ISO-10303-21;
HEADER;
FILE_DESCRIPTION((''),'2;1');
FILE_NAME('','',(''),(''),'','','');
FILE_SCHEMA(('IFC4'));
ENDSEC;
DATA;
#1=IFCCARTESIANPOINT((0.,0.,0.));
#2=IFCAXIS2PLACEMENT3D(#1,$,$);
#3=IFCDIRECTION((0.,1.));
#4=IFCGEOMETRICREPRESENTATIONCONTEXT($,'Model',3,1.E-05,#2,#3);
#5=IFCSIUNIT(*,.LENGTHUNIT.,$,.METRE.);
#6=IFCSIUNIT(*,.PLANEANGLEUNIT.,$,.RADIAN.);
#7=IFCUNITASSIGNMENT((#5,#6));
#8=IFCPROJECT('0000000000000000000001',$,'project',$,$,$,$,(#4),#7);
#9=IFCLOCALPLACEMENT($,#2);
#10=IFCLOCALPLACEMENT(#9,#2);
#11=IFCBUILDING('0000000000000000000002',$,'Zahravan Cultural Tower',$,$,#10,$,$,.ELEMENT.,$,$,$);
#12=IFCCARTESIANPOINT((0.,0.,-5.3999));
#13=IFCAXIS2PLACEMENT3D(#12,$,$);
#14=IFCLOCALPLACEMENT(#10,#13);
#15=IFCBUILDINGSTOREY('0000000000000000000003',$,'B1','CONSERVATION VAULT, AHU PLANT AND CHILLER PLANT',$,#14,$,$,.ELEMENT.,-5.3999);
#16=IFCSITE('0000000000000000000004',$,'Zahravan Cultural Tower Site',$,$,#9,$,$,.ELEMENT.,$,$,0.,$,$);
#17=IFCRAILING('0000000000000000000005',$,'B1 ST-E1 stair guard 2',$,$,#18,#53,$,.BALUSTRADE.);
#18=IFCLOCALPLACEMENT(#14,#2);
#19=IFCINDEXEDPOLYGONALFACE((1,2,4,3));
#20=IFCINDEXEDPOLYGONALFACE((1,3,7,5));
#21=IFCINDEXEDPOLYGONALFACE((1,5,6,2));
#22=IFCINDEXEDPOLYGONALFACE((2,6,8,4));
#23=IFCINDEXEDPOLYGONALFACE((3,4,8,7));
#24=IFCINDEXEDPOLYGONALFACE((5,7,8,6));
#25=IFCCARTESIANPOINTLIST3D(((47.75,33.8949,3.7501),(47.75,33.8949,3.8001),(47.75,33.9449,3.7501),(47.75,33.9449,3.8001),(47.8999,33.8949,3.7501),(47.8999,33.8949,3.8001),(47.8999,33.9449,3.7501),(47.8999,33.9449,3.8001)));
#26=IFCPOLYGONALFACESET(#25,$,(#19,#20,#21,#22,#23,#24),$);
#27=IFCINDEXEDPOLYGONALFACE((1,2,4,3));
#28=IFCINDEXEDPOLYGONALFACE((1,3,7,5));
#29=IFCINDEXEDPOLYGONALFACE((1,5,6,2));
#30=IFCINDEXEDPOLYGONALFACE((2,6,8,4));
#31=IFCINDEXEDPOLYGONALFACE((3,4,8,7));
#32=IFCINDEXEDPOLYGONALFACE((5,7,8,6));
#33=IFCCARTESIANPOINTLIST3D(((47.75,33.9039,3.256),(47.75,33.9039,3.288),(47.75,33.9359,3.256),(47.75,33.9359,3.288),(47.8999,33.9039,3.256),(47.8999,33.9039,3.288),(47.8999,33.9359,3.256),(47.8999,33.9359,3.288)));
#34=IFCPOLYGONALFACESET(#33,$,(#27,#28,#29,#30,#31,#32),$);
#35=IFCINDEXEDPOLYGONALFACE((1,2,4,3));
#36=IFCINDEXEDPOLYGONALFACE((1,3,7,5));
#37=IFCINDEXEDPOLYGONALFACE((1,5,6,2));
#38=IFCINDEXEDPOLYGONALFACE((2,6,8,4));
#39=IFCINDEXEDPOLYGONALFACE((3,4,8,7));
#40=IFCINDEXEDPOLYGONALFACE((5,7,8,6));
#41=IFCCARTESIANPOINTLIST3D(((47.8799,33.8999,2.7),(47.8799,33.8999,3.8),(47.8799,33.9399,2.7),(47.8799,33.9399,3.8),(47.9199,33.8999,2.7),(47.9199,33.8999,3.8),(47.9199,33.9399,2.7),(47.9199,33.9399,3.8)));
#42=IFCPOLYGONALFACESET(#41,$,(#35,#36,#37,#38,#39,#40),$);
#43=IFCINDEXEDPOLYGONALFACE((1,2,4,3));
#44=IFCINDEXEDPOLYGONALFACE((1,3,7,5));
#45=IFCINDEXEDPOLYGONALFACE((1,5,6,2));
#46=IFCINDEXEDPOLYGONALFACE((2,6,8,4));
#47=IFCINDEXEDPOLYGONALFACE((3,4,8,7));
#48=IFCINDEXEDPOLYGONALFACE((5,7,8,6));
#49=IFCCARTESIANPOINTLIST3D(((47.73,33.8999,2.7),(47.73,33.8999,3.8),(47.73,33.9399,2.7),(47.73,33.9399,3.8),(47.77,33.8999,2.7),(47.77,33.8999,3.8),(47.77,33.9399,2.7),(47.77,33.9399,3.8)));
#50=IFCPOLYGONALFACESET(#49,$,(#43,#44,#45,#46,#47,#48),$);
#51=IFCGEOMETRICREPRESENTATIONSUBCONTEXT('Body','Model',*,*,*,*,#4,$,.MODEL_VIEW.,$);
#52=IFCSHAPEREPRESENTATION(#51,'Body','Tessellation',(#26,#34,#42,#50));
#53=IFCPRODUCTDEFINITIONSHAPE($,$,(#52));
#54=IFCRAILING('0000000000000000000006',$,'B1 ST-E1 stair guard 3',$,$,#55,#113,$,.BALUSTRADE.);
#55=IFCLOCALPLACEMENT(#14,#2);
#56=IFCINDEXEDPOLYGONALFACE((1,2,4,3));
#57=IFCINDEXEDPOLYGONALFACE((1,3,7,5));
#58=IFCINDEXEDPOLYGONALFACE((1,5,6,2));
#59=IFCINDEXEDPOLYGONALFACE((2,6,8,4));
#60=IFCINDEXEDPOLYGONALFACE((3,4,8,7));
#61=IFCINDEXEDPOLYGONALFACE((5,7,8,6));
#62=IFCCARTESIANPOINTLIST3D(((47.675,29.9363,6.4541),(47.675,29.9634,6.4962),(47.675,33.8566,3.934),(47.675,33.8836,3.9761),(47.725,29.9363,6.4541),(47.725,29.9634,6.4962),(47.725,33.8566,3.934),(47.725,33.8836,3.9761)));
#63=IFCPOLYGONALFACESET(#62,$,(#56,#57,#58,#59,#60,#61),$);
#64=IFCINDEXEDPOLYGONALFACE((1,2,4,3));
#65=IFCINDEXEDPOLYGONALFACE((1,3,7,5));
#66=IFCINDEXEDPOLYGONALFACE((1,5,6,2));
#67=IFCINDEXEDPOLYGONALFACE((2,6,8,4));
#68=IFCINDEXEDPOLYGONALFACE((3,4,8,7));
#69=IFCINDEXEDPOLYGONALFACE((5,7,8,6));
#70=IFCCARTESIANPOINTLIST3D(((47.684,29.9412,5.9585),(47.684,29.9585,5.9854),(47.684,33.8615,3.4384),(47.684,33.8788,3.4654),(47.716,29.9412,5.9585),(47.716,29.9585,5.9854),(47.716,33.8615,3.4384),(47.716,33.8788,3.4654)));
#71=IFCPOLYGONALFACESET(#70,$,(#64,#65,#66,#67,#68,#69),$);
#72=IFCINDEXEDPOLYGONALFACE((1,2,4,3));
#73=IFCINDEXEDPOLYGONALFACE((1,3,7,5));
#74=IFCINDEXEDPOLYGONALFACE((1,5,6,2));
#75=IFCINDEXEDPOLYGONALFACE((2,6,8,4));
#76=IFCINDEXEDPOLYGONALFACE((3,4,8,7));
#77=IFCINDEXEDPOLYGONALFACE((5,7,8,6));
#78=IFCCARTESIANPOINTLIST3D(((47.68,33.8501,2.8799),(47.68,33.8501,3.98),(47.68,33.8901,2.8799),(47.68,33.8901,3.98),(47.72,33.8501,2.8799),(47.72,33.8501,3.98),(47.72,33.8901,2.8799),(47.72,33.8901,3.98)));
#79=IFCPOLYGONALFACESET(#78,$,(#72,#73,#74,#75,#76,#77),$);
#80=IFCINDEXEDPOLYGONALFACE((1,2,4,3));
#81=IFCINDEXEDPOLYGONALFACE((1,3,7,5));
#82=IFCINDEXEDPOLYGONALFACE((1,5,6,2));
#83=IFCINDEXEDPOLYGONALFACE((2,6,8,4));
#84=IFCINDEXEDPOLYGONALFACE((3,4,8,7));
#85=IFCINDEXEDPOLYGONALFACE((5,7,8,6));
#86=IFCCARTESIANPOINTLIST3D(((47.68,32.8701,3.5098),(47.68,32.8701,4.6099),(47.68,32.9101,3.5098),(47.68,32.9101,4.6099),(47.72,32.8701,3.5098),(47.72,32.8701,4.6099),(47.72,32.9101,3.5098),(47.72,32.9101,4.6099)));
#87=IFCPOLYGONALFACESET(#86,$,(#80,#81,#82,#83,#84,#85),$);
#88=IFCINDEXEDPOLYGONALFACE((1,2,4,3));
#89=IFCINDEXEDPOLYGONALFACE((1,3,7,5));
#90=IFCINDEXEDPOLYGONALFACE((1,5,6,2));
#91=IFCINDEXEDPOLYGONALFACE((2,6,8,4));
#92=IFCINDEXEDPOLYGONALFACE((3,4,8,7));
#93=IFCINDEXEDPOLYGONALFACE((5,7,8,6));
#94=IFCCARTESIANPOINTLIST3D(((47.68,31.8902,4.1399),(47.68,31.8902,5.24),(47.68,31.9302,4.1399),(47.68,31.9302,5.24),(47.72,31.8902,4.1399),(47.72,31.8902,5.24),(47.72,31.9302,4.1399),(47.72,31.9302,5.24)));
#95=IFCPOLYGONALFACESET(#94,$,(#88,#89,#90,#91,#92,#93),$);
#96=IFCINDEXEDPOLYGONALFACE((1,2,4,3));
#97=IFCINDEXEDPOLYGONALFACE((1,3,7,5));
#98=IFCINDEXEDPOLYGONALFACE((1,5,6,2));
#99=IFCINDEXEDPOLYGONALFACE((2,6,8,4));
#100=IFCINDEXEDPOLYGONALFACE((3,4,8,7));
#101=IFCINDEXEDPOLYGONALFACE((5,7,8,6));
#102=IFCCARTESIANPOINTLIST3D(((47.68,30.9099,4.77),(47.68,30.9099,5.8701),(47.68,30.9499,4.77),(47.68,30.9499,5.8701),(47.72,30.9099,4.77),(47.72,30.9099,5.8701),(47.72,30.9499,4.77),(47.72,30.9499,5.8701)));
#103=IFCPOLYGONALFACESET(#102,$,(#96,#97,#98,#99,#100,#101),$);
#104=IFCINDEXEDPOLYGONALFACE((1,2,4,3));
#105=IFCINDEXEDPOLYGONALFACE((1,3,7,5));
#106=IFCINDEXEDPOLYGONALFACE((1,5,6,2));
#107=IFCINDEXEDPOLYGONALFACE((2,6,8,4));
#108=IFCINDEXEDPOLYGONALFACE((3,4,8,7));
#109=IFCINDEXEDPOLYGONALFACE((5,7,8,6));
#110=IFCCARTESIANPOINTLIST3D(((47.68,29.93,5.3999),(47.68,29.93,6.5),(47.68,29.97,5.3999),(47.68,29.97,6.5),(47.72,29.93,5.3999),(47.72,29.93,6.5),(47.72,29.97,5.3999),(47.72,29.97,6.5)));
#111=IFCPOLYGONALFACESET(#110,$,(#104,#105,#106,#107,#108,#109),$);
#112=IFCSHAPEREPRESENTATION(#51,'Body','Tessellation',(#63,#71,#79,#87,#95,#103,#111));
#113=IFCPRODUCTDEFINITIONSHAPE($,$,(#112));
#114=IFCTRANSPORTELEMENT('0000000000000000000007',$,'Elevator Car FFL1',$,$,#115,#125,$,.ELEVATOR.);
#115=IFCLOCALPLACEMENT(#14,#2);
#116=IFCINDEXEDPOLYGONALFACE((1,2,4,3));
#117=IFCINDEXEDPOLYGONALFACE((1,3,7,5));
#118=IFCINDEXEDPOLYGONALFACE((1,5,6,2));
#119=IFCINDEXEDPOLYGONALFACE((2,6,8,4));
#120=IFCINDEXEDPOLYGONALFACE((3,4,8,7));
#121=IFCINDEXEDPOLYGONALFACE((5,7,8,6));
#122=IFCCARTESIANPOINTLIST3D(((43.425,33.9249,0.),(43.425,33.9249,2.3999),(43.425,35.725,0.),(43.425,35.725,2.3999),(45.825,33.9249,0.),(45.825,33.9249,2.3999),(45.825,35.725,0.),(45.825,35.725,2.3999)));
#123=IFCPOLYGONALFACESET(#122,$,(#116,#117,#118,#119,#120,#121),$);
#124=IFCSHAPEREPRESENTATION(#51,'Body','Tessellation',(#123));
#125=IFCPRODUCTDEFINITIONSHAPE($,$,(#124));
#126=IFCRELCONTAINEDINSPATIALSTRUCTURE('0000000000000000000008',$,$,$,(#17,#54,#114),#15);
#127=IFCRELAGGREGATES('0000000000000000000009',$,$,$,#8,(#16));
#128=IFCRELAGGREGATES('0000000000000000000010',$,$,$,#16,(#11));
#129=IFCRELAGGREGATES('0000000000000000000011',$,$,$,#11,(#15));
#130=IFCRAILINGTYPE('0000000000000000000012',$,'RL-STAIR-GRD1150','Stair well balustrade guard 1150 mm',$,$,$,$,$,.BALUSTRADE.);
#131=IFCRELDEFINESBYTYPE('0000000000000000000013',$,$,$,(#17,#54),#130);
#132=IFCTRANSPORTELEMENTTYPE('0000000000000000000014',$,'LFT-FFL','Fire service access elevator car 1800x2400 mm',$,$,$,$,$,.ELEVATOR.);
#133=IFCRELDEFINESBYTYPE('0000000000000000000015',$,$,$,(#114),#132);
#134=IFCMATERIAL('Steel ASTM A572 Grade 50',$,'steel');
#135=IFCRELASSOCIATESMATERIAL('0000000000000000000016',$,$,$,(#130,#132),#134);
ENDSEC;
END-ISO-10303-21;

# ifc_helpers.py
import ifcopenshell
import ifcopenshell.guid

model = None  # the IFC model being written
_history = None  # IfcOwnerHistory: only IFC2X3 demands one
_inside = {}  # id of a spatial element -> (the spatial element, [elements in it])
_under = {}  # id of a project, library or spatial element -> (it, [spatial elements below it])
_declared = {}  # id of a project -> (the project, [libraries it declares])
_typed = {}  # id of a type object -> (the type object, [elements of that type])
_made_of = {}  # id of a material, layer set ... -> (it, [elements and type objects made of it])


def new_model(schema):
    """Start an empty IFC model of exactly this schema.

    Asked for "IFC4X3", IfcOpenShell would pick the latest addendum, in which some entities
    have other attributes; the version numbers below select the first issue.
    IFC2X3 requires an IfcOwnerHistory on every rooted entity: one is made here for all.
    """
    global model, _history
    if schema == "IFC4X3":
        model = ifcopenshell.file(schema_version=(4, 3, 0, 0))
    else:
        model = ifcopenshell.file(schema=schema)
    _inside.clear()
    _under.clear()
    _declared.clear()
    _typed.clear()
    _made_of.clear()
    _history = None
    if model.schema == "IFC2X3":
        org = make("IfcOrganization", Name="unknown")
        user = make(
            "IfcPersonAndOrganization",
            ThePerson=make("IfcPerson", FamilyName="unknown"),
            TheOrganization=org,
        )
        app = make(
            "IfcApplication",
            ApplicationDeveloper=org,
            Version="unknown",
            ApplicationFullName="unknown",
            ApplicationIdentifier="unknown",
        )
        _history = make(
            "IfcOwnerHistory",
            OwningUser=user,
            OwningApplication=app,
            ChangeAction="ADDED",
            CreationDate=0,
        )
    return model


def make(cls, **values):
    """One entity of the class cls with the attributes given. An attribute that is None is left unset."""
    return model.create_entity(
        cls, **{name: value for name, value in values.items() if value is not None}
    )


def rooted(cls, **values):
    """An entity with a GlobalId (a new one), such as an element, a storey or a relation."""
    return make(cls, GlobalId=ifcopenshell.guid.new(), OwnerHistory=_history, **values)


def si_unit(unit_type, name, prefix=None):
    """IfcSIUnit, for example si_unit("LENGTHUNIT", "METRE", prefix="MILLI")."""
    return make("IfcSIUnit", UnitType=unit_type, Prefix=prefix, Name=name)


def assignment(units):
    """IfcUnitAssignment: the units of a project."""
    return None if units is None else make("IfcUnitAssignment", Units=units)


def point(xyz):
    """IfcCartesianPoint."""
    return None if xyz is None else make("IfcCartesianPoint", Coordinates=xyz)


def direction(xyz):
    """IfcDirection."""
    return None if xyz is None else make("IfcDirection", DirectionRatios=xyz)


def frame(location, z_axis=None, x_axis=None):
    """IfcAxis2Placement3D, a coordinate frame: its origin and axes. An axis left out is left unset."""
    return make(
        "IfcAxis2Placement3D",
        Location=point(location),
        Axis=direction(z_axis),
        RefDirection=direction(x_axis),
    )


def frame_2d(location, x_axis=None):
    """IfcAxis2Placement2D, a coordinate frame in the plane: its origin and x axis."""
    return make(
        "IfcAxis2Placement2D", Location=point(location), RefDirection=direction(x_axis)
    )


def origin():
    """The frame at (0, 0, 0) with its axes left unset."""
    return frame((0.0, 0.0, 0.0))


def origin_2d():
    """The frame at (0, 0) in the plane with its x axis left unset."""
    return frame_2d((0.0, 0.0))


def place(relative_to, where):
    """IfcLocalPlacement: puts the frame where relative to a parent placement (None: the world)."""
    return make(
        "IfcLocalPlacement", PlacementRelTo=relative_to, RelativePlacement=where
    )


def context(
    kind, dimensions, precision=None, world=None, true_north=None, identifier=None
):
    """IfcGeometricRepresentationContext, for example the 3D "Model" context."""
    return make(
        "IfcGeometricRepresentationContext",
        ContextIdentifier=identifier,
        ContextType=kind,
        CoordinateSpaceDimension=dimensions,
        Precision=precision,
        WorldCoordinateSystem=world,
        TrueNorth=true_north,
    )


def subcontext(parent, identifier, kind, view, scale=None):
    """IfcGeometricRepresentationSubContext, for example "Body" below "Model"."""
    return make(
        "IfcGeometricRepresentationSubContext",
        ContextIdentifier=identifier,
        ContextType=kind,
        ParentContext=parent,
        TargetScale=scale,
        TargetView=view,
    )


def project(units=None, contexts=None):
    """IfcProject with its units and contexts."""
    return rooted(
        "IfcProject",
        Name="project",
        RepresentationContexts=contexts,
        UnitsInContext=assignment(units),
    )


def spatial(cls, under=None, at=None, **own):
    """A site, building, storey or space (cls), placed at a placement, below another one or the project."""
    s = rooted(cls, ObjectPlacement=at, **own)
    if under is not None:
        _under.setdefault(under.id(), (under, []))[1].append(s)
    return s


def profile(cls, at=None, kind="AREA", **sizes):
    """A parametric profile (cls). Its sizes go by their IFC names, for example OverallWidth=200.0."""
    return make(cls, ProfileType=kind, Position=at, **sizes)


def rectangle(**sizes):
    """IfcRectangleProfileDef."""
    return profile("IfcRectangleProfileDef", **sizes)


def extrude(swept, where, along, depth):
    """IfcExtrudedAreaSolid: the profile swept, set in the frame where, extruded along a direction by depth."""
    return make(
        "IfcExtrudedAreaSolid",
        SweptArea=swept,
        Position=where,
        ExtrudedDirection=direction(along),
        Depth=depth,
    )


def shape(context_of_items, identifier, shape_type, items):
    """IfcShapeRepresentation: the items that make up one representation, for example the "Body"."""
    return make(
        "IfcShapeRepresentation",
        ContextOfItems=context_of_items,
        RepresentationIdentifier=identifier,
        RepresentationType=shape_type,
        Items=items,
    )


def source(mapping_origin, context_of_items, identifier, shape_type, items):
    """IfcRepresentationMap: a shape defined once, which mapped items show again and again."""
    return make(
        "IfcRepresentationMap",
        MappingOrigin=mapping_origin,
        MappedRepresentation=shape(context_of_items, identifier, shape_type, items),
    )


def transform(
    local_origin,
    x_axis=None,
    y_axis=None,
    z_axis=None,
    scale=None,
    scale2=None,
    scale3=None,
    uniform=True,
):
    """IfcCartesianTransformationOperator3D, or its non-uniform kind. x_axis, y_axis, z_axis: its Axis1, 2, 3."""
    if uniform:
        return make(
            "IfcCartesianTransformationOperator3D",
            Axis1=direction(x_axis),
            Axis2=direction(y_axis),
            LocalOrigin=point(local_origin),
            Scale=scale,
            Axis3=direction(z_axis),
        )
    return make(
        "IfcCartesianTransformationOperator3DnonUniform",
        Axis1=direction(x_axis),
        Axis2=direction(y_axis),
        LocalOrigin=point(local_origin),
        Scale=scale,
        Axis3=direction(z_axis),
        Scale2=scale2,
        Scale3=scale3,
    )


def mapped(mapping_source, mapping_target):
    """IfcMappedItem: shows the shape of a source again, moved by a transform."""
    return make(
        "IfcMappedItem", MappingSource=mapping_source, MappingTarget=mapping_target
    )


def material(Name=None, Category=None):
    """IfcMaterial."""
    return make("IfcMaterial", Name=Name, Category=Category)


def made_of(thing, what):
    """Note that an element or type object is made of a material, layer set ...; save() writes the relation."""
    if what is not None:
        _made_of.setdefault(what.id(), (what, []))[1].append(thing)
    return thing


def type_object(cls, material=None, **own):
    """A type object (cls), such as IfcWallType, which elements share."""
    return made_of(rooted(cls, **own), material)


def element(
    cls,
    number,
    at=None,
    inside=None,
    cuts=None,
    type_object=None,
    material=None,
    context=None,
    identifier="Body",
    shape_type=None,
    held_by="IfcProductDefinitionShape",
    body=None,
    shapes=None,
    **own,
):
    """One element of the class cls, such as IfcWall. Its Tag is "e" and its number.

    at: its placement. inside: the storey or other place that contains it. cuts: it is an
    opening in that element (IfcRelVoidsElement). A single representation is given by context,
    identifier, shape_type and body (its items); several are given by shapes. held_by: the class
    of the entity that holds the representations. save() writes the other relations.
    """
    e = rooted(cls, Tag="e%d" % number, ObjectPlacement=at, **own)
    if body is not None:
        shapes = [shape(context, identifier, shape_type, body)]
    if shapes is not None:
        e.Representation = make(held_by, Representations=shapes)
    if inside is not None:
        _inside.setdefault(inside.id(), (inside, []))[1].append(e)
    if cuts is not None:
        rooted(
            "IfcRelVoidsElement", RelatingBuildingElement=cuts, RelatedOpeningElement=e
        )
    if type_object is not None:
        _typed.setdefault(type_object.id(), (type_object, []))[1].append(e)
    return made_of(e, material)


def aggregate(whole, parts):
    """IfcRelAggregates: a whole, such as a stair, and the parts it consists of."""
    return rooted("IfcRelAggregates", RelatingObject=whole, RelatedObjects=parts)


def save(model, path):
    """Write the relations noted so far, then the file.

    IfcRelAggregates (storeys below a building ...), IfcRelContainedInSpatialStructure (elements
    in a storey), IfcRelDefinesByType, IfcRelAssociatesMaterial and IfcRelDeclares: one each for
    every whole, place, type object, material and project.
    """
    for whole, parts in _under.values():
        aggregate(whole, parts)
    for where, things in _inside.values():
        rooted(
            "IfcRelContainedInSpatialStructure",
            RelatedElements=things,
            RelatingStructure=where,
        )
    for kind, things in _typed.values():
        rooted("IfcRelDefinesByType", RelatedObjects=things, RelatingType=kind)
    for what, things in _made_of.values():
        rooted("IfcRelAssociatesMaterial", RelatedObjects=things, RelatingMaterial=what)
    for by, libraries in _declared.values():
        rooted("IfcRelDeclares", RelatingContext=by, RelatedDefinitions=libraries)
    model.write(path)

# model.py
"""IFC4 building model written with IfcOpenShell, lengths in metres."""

from ifc_helpers import new_model, si_unit, direction, frame, origin, origin_2d, place, context, subcontext, project, spatial, rectangle, extrude, source, transform, mapped, material, type_object, element, save


model = new_model("IFC4")

# Units and contexts
model_context = context("Model", 3, precision=1e-05, world=origin(), true_north=direction((0.0, 1.0)))
body_context = subcontext(model_context, "Body", "Model", "MODEL_VIEW")
ifc_project = project(units=[si_unit("LENGTHUNIT", "METRE"), si_unit("PLANEANGLEUNIT", "RADIAN")], contexts=[model_context])

# Site, building, storey
site_placement = place(None, origin())
site = spatial("IfcSite", under=ifc_project, at=site_placement, Name="Zahravan Cultural Tower Site", CompositionType="ELEMENT", RefElevation=0.0)
building_placement = place(site_placement, origin())
building = spatial("IfcBuilding", under=site, at=building_placement, Name="Zahravan Cultural Tower", CompositionType="ELEMENT")
storey_placement = place(building_placement, frame((0.0, 0.0, -5.3999)))
storey = spatial("IfcBuildingStorey", under=building, at=storey_placement, Name="B1", Description="CONSERVATION VAULT, AHU PLANT AND CHILLER PLANT", CompositionType="ELEMENT", Elevation=-5.3999)

# Shared definitions
ifc_material_1 = material(Name="Steel ASTM A572 Grade 50", Category="steel")

# Railings
railing_type = type_object("IfcRailingType", Name="RL-STAIR-GRD1150", Description="Stair well balustrade guard 1150 mm", PredefinedType="BALUSTRADE", material=ifc_material_1)
railing_1_placement = place(storey_placement, frame((47.8999, 33.9199, 2.7)))
element("IfcRailing", 1, at=railing_1_placement, inside=storey, type_object=railing_type, Name="B1 ST-E1 stair guard 2", PredefinedType="BALUSTRADE", context=body_context, shape_type="SweptSolid", body=[
    extrude(rectangle(XDim=0.05, YDim=0.05, at=origin_2d()), frame((0.0, 0.0, 1.0752), z_axis=(-1.0, 0.0, 0.0), x_axis=(0.0, -1.0, 0.0)), (0.0, 0.0, 1.0), 0.1499),
    extrude(rectangle(XDim=0.032, YDim=0.032, at=origin_2d()), frame((0.0, 0.0, 0.572), z_axis=(-1.0, 0.0, 0.0), x_axis=(0.0, -1.0, 0.0)), (0.0, 0.0, 1.0), 0.1499),
    extrude(rectangle(XDim=0.04, YDim=0.04, at=origin_2d()), origin(), (0.0, 0.0, 1.0), 1.1001),
    extrude(rectangle(XDim=0.04, YDim=0.04, at=origin_2d()), frame((-0.1499, 0.0, 0.0)), (0.0, 0.0, 1.0), 1.1001),
])
railing_2_placement = place(storey_placement, frame((47.7, 33.8701, 2.8799)))
element("IfcRailing", 2, at=railing_2_placement, inside=storey, type_object=railing_type, Name="B1 ST-E1 stair guard 3", PredefinedType="BALUSTRADE", context=body_context, shape_type="SweptSolid", body=[
    extrude(rectangle(XDim=0.05, YDim=0.05, at=origin_2d()), frame((0.0, 0.0, 1.0752), z_axis=(0.0, -0.841187, 0.540744), x_axis=(1.0, 0.0, 0.0)), (0.0, 0.0, 1.0), 4.6604),
    extrude(rectangle(XDim=0.032, YDim=0.032, at=origin_2d()), frame((0.0, 0.0, 0.572), z_axis=(0.0, -0.841187, 0.540744), x_axis=(1.0, 0.0, 0.0)), (0.0, 0.0, 1.0), 4.6604),
    extrude(rectangle(XDim=0.04, YDim=0.04, at=origin_2d()), origin(), (0.0, 0.0, 1.0), 1.1001),
    extrude(rectangle(XDim=0.04, YDim=0.04, at=origin_2d()), frame((0.0, -0.98, 0.6299)), (0.0, 0.0, 1.0), 1.1001),
    extrude(rectangle(XDim=0.04, YDim=0.04, at=origin_2d()), frame((0.0, -1.96, 1.26)), (0.0, 0.0, 1.0), 1.1001),
    extrude(rectangle(XDim=0.04, YDim=0.04, at=origin_2d()), frame((0.0, -2.9402, 1.8901)), (0.0, 0.0, 1.0), 1.1001),
    extrude(rectangle(XDim=0.04, YDim=0.04, at=origin_2d()), frame((0.0, -3.9202, 2.52)), (0.0, 0.0, 1.0), 1.1001),
])

# Transport element
transport_element_type = type_object("IfcTransportElementType", Name="LFT-FFL", Description="Fire service access elevator car 1800x2400 mm", PredefinedType="ELEVATOR", material=ifc_material_1)
shared_shape_1 = source(origin(), body_context, "Body", "SweptSolid", [
    extrude(rectangle(XDim=2.3999, YDim=1.8, at=origin_2d()), origin(), (0.0, 0.0, 1.0), 2.3999),
])
transport_element_placement = place(storey_placement, frame((44.625, 34.825, 0.0), z_axis=(0.0, 0.0, 1.0), x_axis=(1.0, 0.0, 0.0)))
element("IfcTransportElement", 3, at=transport_element_placement, inside=storey, type_object=transport_element_type, Name="Elevator Car FFL1", PredefinedType="ELEVATOR", context=body_context, shape_type="MappedRepresentation", body=[
    mapped(shared_shape_1, transform((0.0, 0.0, 0.0), x_axis=(1.0, 0.0, 0.0), y_axis=(0.0, 1.0, 0.0), z_axis=(0.0, 0.0, 1.0), scale=1.0)),
])

save(model, "model.ifc")
